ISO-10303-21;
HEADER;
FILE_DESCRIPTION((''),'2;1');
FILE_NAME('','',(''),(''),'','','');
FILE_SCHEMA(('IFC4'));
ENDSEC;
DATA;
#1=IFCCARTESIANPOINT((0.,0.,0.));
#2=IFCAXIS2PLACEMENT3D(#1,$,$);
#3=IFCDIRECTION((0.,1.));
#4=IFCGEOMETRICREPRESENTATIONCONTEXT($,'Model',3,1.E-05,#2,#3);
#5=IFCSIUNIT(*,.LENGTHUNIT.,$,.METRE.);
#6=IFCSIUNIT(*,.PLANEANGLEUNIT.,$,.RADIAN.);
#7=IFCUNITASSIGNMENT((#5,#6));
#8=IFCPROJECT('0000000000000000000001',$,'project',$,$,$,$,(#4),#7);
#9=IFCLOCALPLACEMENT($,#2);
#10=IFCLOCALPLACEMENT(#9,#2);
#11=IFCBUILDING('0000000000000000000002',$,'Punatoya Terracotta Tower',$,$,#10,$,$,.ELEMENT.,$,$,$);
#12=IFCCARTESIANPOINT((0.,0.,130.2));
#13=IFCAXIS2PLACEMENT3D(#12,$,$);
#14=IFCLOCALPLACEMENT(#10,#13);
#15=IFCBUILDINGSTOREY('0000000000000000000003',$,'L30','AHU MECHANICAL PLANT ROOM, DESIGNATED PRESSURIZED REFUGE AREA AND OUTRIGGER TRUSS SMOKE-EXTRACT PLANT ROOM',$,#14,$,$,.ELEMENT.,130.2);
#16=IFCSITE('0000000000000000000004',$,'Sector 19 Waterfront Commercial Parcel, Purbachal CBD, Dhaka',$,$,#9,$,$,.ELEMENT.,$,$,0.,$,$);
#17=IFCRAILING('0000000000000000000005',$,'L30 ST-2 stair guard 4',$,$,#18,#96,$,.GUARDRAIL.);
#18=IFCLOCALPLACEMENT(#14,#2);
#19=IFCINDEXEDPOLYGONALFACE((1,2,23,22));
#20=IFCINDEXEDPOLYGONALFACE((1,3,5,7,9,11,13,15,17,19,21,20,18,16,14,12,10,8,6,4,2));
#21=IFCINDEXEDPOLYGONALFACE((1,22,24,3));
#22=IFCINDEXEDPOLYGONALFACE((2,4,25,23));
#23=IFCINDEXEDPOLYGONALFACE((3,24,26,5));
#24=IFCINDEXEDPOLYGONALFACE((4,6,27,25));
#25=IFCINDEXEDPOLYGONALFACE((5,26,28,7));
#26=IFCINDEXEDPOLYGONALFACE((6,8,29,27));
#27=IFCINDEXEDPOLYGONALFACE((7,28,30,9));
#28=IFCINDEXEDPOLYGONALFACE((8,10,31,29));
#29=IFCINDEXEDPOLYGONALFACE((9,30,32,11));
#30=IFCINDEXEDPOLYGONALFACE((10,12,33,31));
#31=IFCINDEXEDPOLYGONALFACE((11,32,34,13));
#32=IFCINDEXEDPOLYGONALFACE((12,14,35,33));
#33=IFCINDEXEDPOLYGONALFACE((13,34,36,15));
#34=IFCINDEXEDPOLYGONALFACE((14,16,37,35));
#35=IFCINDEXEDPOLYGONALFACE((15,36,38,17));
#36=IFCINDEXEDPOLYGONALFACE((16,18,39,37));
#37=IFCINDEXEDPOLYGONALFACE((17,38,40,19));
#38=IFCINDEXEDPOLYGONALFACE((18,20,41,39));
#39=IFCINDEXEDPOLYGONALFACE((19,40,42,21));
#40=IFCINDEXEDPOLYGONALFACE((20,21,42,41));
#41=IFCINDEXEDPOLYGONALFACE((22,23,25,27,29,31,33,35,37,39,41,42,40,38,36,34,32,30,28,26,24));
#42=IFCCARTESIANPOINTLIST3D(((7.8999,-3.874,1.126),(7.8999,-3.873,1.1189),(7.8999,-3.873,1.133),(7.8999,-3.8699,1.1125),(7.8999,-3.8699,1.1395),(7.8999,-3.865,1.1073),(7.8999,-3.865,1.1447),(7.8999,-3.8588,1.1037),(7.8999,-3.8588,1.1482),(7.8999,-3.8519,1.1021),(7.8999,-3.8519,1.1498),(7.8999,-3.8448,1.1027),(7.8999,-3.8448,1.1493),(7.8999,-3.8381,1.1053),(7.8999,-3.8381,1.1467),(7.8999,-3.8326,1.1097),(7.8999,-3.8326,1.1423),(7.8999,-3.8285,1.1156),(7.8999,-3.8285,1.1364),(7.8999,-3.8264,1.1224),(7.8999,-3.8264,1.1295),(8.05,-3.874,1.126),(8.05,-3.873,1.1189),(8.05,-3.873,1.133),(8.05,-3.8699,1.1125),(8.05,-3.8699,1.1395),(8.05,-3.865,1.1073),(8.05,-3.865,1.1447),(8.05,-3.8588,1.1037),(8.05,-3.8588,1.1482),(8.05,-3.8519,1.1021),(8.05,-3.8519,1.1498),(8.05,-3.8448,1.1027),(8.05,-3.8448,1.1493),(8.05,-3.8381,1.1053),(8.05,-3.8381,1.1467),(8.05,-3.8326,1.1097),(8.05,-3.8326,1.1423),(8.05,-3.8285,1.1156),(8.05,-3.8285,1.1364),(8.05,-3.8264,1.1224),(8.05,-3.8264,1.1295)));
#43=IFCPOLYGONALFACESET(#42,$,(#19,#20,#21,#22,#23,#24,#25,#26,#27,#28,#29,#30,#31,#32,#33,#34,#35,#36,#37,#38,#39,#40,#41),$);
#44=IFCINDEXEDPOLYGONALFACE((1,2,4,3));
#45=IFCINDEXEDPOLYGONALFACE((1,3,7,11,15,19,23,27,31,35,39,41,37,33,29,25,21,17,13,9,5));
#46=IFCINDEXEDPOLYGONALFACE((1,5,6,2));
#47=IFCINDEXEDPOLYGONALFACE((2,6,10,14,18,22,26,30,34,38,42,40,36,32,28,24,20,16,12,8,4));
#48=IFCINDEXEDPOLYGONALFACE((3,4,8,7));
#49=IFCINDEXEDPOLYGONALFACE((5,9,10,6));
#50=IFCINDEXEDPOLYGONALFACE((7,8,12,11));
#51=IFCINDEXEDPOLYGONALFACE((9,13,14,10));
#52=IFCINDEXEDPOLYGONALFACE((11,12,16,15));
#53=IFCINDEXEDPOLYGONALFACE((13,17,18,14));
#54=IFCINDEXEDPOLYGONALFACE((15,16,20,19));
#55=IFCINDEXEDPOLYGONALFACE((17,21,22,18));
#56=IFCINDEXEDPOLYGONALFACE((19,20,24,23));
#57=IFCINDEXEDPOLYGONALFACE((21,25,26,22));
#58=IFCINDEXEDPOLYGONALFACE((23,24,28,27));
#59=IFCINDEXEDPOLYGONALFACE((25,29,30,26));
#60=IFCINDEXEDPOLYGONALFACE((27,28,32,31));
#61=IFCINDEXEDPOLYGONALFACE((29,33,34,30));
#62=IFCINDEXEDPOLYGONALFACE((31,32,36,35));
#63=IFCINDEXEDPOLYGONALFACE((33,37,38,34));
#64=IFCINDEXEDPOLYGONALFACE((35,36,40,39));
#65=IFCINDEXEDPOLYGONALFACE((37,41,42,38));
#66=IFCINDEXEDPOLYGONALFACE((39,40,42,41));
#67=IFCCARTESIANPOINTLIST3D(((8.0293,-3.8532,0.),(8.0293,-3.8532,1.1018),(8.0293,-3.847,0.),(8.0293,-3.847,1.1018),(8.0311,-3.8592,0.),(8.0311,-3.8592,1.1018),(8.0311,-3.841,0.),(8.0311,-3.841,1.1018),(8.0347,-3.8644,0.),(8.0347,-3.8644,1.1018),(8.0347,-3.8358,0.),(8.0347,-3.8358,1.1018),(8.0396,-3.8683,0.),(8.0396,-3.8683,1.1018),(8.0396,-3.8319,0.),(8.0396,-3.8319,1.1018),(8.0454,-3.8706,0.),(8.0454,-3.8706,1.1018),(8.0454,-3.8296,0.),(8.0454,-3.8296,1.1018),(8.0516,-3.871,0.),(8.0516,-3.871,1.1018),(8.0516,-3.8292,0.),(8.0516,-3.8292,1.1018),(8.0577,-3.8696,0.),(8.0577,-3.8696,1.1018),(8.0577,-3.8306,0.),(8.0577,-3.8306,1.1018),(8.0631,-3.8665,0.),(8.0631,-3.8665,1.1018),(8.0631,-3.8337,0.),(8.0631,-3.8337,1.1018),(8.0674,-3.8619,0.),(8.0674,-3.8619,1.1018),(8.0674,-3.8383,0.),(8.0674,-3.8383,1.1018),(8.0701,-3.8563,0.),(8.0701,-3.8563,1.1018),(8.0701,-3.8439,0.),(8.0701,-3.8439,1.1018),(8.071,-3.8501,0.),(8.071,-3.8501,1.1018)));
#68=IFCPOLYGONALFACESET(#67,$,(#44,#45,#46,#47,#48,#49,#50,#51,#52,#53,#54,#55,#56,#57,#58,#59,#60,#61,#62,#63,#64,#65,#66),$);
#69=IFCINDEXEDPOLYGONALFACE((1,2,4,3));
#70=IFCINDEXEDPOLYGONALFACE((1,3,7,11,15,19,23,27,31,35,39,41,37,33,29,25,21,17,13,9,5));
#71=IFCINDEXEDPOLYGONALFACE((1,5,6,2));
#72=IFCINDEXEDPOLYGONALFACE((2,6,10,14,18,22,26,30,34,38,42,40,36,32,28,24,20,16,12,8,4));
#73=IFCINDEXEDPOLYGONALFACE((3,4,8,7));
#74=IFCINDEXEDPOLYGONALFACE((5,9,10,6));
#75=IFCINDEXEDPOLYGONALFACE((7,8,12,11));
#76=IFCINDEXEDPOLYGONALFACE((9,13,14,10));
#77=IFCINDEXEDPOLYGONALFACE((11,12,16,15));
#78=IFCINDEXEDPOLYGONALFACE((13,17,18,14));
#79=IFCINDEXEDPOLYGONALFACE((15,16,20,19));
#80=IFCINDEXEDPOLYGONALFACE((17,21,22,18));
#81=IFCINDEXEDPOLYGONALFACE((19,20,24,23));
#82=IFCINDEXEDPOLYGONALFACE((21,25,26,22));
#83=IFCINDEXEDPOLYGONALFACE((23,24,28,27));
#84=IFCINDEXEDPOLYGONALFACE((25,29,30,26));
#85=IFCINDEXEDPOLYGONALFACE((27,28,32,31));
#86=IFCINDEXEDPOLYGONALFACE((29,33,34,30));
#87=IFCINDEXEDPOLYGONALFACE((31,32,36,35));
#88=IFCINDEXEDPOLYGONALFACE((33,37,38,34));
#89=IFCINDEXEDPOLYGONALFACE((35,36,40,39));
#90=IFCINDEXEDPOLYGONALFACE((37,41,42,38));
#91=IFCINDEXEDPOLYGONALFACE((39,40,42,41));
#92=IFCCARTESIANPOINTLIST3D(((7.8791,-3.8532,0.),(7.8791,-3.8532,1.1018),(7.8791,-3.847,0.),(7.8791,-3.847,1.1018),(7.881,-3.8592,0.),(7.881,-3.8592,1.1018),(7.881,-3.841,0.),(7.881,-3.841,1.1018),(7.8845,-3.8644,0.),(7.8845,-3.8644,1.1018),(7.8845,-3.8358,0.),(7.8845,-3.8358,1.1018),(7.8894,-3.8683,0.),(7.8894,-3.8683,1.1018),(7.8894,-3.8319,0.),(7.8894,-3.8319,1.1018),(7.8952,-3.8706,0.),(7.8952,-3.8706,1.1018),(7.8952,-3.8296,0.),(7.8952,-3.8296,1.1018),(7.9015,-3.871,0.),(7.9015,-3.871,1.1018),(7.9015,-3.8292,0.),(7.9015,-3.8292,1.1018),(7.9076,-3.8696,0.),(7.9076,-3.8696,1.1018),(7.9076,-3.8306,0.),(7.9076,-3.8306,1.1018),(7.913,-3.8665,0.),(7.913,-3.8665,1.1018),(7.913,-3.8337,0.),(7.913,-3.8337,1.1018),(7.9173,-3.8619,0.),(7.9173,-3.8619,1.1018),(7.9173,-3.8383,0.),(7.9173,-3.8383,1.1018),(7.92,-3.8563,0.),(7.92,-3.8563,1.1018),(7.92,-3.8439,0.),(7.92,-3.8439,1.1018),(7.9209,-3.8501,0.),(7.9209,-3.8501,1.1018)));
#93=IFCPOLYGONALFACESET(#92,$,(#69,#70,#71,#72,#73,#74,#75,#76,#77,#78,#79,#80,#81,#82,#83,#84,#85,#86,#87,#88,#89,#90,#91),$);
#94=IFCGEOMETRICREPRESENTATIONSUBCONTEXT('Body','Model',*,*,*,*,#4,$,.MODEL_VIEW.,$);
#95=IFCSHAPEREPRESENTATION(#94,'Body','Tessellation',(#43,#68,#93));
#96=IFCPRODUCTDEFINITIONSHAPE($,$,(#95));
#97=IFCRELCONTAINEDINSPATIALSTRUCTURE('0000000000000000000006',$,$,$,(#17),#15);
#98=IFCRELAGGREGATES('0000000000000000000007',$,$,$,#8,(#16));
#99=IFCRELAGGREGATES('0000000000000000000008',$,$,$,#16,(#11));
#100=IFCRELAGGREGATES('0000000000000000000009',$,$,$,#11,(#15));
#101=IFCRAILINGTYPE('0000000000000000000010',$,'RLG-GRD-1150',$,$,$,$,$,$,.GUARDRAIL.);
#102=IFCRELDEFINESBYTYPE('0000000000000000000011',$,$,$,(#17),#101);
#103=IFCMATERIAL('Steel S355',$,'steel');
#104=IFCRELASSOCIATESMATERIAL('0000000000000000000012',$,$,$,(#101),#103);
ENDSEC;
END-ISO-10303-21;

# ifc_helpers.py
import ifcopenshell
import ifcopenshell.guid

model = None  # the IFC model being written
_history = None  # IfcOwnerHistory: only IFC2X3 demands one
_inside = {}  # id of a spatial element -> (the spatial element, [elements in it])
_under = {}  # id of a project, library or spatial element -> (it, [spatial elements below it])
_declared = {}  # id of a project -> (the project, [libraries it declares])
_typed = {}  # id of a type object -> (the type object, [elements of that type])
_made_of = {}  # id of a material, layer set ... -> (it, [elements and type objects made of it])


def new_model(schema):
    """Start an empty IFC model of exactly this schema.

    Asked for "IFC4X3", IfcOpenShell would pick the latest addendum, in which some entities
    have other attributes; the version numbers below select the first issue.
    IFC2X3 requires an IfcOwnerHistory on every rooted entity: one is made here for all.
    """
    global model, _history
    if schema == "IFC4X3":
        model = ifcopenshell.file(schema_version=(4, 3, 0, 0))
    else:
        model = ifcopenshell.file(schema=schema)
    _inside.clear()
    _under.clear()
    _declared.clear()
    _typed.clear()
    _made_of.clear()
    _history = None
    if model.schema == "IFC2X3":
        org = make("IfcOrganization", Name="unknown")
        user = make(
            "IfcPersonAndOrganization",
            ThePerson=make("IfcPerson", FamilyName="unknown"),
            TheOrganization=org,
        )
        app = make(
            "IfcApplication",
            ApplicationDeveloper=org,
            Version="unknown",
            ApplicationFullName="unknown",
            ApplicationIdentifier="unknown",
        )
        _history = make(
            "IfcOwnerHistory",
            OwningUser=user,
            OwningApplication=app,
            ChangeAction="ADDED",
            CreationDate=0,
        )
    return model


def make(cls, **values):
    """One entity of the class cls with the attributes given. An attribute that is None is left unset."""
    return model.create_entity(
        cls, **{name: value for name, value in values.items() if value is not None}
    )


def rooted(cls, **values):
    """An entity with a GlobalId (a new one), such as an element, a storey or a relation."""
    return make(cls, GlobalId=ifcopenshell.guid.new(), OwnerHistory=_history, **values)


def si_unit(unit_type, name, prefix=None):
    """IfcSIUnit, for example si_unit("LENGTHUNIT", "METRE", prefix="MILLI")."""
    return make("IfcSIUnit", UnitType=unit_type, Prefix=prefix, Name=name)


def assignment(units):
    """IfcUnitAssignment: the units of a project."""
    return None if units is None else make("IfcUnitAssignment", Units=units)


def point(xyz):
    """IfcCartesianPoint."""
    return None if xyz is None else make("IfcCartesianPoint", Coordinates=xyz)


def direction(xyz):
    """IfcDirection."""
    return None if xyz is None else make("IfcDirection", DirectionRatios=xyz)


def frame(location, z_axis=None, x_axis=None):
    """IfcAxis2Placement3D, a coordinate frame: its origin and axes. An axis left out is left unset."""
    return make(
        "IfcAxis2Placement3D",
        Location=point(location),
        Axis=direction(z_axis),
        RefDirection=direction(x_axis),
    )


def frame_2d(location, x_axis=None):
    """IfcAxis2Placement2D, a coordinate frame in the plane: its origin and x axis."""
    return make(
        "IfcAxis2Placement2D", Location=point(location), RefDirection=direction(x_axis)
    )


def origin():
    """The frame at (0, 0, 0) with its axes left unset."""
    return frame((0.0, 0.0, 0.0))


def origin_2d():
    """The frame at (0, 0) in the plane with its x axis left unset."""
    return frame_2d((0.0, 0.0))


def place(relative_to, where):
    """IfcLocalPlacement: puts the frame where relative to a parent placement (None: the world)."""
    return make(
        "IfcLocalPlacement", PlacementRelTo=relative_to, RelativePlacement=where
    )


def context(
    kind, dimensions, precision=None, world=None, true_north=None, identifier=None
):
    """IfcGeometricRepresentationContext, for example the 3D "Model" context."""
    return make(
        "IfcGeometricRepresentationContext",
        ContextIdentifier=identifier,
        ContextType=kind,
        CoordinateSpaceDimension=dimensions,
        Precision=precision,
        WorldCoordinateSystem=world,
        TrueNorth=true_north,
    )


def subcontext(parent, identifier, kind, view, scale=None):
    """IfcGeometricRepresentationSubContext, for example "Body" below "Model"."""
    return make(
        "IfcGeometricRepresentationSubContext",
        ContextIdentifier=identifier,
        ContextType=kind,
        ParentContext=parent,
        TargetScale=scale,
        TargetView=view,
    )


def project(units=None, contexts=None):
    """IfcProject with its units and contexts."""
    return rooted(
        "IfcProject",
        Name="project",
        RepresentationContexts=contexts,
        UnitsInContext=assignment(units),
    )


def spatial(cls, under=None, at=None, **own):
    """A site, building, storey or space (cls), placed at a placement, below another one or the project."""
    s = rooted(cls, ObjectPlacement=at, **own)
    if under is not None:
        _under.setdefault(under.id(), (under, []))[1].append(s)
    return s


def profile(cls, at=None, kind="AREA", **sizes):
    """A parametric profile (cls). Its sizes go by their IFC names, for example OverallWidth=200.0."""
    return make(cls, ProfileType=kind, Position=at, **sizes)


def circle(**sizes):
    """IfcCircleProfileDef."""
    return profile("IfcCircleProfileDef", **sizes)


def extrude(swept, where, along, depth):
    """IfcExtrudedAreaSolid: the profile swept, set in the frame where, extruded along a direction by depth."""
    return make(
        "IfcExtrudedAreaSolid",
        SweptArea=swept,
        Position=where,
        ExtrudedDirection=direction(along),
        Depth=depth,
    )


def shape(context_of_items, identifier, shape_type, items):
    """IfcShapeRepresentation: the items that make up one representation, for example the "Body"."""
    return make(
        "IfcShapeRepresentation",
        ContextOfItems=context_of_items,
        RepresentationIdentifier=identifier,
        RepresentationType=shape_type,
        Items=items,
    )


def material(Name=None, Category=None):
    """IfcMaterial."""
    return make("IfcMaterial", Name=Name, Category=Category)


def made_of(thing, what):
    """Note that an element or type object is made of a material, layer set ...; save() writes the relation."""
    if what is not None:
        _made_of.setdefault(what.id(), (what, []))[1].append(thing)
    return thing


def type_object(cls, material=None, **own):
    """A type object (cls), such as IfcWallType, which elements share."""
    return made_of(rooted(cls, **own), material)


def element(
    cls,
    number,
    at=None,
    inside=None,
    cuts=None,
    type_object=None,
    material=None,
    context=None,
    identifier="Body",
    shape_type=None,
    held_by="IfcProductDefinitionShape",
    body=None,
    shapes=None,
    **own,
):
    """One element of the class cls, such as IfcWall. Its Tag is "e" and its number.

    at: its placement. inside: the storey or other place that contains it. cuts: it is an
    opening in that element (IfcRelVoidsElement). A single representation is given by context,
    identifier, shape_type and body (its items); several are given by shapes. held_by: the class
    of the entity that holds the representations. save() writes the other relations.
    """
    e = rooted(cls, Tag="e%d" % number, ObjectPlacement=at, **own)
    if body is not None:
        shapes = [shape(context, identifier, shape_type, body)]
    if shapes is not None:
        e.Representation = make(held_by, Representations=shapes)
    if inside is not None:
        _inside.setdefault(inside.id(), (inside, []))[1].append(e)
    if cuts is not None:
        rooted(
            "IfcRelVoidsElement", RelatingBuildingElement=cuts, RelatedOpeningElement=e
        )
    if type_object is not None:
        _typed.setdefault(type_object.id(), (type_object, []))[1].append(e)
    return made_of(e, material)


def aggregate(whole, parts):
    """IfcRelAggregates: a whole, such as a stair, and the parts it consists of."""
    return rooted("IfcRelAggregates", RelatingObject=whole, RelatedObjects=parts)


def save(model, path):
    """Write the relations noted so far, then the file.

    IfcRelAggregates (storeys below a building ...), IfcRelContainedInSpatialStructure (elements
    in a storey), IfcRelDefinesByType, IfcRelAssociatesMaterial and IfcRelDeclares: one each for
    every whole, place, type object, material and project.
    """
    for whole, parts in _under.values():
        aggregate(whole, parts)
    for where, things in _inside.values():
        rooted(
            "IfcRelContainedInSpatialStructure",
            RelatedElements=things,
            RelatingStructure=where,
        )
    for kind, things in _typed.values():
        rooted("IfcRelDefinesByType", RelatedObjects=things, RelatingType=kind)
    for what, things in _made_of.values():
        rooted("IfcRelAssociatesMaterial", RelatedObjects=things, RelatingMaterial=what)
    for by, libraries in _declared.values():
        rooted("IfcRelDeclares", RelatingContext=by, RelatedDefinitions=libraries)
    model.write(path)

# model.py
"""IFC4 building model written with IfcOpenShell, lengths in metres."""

from ifc_helpers import new_model, si_unit, direction, frame, origin, origin_2d, place, context, subcontext, project, spatial, circle, extrude, material, type_object, element, save


model = new_model("IFC4")

# Units and contexts
model_context = context("Model", 3, precision=1e-05, world=origin(), true_north=direction((0.0, 1.0)))
body_context = subcontext(model_context, "Body", "Model", "MODEL_VIEW")
ifc_project = project(units=[si_unit("LENGTHUNIT", "METRE"), si_unit("PLANEANGLEUNIT", "RADIAN")], contexts=[model_context])

# Site, building, storey
site_placement = place(None, origin())
site = spatial("IfcSite", under=ifc_project, at=site_placement, Name="Sector 19 Waterfront Commercial Parcel, Purbachal CBD, Dhaka", CompositionType="ELEMENT", RefElevation=0.0)
building_placement = place(site_placement, origin())
building = spatial("IfcBuilding", under=site, at=building_placement, Name="Punatoya Terracotta Tower", CompositionType="ELEMENT")
storey_placement = place(building_placement, frame((0.0, 0.0, 130.2)))
storey = spatial("IfcBuildingStorey", under=building, at=storey_placement, Name="L30", Description="AHU MECHANICAL PLANT ROOM, DESIGNATED PRESSURIZED REFUGE AREA AND OUTRIGGER TRUSS SMOKE-EXTRACT PLANT ROOM", CompositionType="ELEMENT", Elevation=130.2)

# Shared definitions
ifc_material_1 = material(Name="Steel S355", Category="steel")

# Railing
railing_type_1 = type_object("IfcRailingType", Name="RLG-GRD-1150", PredefinedType="GUARDRAIL", material=ifc_material_1)
railing_1_placement = place(storey_placement, frame((8.05, -3.8501, 0.0)))
element("IfcRailing", 1, at=railing_1_placement, inside=storey, type_object=railing_type_1, Name="L30 ST-2 stair guard 4", PredefinedType="GUARDRAIL", context=body_context, shape_type="SweptSolid", body=[
    extrude(circle(Radius=0.0239, at=origin_2d()), frame((0.0, 0.0, 1.126), z_axis=(-1.0, 0.0, 0.0), x_axis=(0.0, -1.0, 0.0)), (0.0, 0.0, 1.0), 0.1501),
    extrude(circle(Radius=0.021, at=origin_2d()), origin(), (0.0, 0.0, 1.0), 1.1018),
    extrude(circle(Radius=0.021, at=origin_2d()), frame((-0.1501, 0.0, 0.0)), (0.0, 0.0, 1.0), 1.1018),
])

save(model, "model.ifc")
